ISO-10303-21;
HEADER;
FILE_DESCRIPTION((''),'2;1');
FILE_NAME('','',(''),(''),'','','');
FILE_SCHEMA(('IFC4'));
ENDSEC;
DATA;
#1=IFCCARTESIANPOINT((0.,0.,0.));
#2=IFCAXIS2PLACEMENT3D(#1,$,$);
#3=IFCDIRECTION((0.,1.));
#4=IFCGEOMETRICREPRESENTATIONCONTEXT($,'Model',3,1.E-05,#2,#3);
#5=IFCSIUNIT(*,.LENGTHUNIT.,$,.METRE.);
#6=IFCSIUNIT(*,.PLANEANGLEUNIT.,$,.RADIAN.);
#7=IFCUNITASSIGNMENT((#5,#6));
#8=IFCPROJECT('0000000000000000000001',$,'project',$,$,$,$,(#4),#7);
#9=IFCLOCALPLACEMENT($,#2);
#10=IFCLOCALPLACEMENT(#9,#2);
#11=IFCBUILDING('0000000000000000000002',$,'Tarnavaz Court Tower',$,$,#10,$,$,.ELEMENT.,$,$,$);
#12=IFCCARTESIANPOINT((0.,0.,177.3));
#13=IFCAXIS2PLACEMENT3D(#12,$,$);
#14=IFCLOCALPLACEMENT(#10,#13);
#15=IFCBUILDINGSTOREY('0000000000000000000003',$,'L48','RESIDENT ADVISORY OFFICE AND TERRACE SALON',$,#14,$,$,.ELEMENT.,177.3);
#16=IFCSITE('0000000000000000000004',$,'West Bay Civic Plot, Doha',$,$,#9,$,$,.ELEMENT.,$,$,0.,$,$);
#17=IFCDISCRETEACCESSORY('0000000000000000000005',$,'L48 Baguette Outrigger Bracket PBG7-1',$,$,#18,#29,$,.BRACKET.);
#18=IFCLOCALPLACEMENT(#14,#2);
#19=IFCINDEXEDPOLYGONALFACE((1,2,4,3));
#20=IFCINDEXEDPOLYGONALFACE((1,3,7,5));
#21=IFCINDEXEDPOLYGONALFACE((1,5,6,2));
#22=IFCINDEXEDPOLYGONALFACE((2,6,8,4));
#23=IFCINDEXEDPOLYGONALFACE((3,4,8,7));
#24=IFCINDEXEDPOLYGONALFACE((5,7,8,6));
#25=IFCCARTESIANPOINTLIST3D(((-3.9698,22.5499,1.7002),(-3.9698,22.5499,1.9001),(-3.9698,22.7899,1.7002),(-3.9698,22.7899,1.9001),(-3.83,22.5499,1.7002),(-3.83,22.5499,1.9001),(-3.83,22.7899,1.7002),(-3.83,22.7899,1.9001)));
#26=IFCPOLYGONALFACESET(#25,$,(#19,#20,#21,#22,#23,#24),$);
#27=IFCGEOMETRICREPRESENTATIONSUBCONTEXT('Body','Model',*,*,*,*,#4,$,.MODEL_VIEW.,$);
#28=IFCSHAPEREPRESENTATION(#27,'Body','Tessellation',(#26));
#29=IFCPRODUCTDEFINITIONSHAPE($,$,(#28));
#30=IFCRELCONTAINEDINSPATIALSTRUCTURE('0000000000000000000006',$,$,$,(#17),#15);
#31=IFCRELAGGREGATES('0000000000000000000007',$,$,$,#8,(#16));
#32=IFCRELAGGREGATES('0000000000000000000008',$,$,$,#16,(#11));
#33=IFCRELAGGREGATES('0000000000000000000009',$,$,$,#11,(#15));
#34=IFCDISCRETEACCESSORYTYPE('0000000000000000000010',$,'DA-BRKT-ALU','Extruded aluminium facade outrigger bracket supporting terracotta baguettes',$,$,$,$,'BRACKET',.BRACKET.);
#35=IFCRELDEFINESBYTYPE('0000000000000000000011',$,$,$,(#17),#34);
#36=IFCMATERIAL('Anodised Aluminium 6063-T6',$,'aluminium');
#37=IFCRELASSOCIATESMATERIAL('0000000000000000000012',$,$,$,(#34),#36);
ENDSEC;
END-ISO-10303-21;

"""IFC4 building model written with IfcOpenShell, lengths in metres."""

from ifc_helpers import new_model, si_unit, direction, frame, origin, origin_2d, place, context, subcontext, project, spatial, rectangle, extrude, material, type_object, element, save


model = new_model("IFC4")

# Units and contexts
model_context = context("Model", 3, precision=1e-05, world=origin(), true_north=direction((0.0, 1.0)))
body_context = subcontext(model_context, "Body", "Model", "MODEL_VIEW")
ifc_project = project(units=[si_unit("LENGTHUNIT", "METRE"), si_unit("PLANEANGLEUNIT", "RADIAN")], contexts=[model_context])

# Site, building, storey
site_placement = place(None, origin())
site = spatial("IfcSite", under=ifc_project, at=site_placement, Name="West Bay Civic Plot, Doha", CompositionType="ELEMENT", RefElevation=0.0)
building_placement = place(site_placement, origin())
building = spatial("IfcBuilding", under=site, at=building_placement, Name="Tarnavaz Court Tower", CompositionType="ELEMENT")
storey_placement = place(building_placement, frame((0.0, 0.0, 177.3)))
storey = spatial("IfcBuildingStorey", under=building, at=storey_placement, Name="L48", Description="RESIDENT ADVISORY OFFICE AND TERRACE SALON", CompositionType="ELEMENT", Elevation=177.3)

# Shared definitions
ifc_material_1 = material(Name="Anodised Aluminium 6063-T6", Category="aluminium")

# Discrete accessory
discrete_accessory_type = type_object("IfcDiscreteAccessoryType", Name="DA-BRKT-ALU", Description="Extruded aluminium facade outrigger bracket supporting terracotta baguettes", ElementType="BRACKET", PredefinedType="BRACKET", material=ifc_material_1)
discrete_accessory_placement = place(storey_placement, frame((-3.8999, 22.6699, 1.7002), z_axis=(0.0, 0.0, 1.0), x_axis=(1.0, 0.0, 0.0)))
element("IfcDiscreteAccessory", 1, at=discrete_accessory_placement, inside=storey, type_object=discrete_accessory_type, Name="L48 Baguette Outrigger Bracket PBG7-1", PredefinedType="BRACKET", context=body_context, shape_type="SweptSolid", body=[
    extrude(rectangle(XDim=0.1399, YDim=0.24, at=origin_2d()), origin(), (0.0, 0.0, 1.0), 0.2),
])

save(model, "model.ifc")
